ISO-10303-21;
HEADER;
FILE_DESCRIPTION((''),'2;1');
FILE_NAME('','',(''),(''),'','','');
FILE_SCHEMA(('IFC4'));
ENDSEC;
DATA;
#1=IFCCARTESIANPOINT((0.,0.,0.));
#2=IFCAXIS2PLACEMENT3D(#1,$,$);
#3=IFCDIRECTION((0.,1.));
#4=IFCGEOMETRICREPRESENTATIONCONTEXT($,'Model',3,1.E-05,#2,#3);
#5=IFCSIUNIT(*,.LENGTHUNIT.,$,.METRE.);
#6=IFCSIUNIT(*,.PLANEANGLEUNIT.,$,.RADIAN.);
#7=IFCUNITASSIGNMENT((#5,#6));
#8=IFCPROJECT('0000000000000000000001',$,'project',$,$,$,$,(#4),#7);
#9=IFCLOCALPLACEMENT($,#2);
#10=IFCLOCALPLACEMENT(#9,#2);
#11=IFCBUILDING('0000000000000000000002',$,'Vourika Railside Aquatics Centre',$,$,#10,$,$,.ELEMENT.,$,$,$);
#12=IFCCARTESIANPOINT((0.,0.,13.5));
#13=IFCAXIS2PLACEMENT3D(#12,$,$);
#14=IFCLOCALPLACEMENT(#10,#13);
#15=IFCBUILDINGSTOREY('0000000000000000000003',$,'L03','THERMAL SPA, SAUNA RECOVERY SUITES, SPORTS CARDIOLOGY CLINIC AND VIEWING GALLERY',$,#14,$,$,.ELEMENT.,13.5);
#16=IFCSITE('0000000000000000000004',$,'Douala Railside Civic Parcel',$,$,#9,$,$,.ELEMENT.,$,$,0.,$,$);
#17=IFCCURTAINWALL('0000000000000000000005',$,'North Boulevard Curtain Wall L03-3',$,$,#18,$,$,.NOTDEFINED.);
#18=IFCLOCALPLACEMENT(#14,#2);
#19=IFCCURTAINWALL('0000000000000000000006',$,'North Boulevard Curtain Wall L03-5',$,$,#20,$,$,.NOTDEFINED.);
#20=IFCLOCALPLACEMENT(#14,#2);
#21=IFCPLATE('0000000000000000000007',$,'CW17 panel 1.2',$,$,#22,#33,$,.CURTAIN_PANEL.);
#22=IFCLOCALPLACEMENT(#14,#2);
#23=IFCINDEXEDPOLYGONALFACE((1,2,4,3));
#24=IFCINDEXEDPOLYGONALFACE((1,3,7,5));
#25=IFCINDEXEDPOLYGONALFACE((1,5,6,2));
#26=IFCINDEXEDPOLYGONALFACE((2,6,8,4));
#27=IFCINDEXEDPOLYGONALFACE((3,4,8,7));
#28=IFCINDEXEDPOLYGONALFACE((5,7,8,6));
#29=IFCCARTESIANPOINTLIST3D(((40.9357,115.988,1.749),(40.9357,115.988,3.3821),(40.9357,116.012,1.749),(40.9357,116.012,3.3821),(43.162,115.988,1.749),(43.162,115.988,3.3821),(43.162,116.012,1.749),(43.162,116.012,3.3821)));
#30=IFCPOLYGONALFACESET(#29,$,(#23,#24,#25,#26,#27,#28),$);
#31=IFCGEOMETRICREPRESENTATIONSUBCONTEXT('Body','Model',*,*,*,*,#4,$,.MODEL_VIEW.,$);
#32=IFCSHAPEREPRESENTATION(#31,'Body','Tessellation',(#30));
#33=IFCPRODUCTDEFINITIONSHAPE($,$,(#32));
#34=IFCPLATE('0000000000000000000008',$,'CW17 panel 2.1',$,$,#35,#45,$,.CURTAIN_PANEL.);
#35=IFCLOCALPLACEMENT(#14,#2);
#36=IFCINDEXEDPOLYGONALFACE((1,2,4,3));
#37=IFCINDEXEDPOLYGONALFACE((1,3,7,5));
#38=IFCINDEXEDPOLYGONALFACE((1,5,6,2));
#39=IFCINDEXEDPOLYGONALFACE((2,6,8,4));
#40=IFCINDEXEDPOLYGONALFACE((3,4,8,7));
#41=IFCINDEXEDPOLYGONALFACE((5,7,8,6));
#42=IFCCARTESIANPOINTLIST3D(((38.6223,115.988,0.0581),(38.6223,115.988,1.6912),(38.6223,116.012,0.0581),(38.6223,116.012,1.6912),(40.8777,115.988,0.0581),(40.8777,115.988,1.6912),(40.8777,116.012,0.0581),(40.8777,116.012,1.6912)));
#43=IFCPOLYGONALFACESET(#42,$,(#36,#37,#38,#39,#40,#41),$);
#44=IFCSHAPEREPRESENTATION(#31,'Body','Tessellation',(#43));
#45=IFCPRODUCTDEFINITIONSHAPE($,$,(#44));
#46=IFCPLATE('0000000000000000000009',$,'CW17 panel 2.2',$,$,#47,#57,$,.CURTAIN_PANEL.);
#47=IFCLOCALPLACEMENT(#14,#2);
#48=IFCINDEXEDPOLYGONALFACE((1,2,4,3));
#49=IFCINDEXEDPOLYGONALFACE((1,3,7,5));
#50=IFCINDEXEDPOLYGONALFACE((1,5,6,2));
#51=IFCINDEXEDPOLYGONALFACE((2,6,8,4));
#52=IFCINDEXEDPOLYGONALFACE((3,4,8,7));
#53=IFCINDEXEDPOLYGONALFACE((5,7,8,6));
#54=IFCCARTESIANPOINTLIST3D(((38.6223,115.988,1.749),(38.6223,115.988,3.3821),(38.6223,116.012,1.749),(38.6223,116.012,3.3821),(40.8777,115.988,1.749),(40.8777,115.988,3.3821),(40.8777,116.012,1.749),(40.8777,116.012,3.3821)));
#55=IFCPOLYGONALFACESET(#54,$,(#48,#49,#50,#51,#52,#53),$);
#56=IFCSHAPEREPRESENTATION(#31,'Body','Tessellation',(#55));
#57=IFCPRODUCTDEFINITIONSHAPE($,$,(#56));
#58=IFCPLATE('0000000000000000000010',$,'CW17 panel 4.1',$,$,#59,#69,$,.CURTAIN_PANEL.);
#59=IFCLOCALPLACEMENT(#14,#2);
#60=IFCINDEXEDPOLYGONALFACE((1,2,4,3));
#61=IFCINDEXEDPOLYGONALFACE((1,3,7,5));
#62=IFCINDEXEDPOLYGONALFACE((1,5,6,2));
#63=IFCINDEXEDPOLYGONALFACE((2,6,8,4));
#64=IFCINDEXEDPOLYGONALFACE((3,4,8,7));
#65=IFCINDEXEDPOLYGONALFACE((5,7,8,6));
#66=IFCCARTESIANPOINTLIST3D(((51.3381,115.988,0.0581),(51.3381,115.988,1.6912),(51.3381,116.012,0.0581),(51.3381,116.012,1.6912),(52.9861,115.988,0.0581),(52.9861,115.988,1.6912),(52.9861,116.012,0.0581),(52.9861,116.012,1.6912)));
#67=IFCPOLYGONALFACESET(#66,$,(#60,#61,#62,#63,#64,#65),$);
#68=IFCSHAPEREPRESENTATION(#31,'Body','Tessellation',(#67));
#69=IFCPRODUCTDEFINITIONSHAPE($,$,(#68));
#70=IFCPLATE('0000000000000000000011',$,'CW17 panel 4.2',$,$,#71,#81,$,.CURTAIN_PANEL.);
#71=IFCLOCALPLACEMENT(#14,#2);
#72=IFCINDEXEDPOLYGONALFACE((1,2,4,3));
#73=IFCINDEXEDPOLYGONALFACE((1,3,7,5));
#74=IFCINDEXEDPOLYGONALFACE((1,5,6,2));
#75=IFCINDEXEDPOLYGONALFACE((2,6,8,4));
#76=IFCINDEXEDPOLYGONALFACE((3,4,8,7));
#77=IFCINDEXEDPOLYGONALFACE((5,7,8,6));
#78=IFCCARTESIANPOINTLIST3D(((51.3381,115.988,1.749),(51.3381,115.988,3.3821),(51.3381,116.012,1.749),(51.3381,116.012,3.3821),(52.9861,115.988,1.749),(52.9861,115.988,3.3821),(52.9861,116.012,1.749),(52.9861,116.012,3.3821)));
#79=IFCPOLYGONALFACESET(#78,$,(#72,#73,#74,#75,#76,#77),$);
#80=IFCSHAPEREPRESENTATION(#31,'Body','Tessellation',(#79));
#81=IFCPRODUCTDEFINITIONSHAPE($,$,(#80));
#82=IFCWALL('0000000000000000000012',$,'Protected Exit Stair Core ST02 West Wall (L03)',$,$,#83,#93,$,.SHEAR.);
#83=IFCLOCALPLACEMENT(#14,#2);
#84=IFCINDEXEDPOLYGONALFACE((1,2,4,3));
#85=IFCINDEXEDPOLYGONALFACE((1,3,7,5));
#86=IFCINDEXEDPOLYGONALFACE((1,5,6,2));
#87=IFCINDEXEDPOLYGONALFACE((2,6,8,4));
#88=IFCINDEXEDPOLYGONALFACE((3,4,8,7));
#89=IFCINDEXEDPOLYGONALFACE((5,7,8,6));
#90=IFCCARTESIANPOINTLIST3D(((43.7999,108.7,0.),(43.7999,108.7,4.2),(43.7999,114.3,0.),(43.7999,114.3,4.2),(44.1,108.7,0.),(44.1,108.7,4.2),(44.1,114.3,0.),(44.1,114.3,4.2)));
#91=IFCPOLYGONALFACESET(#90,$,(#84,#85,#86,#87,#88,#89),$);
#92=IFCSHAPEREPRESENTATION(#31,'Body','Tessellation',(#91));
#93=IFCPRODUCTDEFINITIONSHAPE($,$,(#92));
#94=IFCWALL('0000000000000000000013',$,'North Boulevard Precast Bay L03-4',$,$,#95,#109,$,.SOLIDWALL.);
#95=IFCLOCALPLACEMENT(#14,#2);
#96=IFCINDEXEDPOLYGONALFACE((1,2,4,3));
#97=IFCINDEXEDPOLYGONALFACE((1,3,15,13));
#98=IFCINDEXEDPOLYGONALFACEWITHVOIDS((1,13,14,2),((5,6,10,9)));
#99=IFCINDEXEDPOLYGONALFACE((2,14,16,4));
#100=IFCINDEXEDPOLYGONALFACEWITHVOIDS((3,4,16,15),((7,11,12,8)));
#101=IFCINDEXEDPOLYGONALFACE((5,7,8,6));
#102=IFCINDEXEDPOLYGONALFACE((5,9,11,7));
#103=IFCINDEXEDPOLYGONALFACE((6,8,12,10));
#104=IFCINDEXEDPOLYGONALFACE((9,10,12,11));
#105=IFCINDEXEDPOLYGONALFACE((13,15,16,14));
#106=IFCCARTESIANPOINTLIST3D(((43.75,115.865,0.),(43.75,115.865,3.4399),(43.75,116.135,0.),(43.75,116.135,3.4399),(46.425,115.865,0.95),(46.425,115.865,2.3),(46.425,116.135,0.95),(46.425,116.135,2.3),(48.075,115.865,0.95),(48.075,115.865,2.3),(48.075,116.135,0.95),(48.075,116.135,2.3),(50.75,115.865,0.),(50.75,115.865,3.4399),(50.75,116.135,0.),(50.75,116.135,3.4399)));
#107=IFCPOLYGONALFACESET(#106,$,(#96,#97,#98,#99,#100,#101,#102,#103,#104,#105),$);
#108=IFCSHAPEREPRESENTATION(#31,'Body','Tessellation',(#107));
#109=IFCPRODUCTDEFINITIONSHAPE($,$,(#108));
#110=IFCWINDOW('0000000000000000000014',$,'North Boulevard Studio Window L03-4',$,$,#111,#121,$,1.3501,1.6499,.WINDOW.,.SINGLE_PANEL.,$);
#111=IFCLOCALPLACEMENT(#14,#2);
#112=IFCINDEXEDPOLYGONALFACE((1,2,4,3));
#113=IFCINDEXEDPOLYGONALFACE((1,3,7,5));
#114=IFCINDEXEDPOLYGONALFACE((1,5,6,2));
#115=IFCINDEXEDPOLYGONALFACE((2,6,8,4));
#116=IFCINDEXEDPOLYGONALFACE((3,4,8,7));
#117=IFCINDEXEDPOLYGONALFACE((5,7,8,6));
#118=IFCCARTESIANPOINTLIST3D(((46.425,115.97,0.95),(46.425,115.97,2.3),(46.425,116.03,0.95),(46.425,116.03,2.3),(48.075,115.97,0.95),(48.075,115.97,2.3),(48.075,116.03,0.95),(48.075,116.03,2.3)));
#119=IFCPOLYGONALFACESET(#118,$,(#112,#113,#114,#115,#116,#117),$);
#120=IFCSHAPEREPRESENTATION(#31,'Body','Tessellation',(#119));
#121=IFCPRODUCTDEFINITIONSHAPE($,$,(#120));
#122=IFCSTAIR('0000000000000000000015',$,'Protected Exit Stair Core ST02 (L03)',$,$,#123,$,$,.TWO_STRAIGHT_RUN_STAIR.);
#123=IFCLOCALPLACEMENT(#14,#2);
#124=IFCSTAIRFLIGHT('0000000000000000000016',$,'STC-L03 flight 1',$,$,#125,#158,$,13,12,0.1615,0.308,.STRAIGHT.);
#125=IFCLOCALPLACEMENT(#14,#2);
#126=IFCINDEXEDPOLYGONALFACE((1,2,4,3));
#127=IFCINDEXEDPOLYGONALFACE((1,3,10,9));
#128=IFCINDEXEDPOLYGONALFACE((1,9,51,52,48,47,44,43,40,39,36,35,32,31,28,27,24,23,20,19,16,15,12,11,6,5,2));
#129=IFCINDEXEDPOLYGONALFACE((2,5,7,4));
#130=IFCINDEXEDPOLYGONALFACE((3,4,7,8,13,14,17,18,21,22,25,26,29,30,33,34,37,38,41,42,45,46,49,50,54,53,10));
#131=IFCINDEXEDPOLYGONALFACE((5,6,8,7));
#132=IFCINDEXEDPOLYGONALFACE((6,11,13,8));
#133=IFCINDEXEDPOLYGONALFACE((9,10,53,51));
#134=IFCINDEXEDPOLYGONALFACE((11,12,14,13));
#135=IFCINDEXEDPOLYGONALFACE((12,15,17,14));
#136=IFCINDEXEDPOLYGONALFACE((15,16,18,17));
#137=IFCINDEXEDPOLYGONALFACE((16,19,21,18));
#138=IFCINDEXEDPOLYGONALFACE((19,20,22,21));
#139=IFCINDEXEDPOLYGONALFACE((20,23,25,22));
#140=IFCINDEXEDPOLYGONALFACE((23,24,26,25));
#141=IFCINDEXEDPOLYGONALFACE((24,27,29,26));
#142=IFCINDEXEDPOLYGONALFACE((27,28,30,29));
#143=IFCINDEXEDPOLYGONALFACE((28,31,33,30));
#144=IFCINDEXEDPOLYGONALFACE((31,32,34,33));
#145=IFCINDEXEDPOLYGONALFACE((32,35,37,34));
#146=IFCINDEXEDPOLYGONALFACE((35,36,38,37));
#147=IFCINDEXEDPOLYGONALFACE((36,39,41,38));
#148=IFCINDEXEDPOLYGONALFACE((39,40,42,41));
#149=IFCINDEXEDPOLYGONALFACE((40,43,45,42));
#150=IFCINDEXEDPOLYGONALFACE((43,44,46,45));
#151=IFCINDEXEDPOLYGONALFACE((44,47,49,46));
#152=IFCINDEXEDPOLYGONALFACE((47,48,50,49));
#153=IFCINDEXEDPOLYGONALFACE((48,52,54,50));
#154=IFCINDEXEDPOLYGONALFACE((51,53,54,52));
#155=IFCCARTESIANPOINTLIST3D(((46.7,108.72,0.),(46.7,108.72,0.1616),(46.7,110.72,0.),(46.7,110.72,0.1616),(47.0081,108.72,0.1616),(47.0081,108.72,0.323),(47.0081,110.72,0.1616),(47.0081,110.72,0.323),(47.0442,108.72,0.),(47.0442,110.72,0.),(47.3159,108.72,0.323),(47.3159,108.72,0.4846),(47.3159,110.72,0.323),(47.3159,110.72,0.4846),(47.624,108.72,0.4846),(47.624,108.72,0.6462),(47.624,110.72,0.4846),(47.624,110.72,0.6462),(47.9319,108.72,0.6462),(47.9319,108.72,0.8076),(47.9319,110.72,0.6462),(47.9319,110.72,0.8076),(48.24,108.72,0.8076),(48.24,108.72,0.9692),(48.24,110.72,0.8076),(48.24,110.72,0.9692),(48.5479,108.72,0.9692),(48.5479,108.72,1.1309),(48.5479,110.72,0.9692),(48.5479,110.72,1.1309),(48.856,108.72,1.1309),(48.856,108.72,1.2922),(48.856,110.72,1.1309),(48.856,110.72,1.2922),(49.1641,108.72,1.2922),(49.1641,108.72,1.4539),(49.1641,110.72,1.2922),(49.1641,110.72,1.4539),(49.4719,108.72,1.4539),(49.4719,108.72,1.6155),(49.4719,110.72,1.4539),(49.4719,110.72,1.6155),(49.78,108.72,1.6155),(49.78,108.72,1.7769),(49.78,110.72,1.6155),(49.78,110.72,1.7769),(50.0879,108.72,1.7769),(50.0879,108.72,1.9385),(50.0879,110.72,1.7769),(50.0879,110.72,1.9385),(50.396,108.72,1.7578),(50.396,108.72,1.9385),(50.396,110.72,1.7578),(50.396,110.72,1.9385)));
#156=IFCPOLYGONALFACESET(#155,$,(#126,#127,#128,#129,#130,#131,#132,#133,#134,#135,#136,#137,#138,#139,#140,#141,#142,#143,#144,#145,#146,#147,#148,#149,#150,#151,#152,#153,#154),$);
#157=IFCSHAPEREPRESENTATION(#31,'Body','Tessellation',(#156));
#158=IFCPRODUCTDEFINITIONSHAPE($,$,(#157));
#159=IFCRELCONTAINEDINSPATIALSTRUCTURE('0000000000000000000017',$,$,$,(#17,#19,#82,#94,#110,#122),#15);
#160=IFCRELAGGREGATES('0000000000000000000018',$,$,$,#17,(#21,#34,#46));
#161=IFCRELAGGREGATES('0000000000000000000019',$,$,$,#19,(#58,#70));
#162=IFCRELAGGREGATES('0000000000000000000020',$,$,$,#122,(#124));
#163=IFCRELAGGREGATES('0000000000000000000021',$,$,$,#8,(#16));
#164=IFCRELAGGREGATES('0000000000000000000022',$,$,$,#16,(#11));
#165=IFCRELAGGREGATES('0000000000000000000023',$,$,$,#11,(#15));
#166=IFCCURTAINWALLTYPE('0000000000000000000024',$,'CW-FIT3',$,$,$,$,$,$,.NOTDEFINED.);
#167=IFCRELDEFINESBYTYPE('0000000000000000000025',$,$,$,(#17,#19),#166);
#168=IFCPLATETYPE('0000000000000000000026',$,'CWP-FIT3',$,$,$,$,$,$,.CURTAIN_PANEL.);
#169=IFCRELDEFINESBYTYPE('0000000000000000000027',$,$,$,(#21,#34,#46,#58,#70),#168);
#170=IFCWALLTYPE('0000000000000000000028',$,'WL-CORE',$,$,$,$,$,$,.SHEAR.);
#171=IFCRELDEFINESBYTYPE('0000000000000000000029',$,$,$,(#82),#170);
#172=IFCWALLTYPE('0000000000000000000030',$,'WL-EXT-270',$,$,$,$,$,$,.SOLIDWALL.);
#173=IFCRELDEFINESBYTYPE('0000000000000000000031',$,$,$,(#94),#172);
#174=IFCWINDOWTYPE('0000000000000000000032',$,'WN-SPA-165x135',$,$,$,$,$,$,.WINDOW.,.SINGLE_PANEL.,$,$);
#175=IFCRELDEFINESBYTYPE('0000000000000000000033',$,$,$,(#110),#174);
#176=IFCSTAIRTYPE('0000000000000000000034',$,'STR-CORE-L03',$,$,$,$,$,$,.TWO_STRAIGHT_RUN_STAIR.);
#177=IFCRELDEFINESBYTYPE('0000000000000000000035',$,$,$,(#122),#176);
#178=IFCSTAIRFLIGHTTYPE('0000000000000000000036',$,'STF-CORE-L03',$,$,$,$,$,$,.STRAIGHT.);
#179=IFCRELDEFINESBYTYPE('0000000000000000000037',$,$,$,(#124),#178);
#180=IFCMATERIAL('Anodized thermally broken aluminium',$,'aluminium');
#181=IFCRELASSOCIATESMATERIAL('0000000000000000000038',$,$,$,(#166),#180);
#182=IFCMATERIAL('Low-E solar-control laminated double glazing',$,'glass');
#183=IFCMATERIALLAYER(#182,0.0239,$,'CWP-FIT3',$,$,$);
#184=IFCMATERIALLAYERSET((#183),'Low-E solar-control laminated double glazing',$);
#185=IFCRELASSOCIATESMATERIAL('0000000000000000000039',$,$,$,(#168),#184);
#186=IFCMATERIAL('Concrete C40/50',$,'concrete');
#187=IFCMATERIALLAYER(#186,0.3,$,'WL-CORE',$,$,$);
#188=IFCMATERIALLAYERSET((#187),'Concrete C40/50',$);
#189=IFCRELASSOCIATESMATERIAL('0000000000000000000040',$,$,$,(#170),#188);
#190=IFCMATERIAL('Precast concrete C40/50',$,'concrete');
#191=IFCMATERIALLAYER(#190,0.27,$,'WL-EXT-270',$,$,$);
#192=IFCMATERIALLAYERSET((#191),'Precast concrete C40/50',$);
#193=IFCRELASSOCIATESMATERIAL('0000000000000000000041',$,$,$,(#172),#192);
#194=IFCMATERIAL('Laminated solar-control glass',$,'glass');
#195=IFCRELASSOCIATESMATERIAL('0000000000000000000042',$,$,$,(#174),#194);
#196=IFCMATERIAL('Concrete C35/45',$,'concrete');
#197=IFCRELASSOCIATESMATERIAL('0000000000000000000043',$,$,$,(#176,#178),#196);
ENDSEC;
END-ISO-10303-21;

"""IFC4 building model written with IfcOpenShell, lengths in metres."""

from ifc_helpers import new_model, si_unit, direction, frame, frame_2d, origin, origin_2d, place, context, subcontext, project, spatial, polyline, rectangle, outline, extrude, material, layer, layer_set, type_object, element, fill, aggregate, save


model = new_model("IFC4")

# Units and contexts
model_context = context("Model", 3, precision=1e-05, world=origin(), true_north=direction((0.0, 1.0)))
body_context = subcontext(model_context, "Body", "Model", "MODEL_VIEW")
ifc_project = project(units=[si_unit("LENGTHUNIT", "METRE"), si_unit("PLANEANGLEUNIT", "RADIAN")], contexts=[model_context])

# Site, building, storey
site_placement = place(None, origin())
site = spatial("IfcSite", under=ifc_project, at=site_placement, Name="Douala Railside Civic Parcel", CompositionType="ELEMENT", RefElevation=0.0)
building_placement = place(site_placement, origin())
building = spatial("IfcBuilding", under=site, at=building_placement, Name="Vourika Railside Aquatics Centre", CompositionType="ELEMENT")
storey_placement = place(building_placement, frame((0.0, 0.0, 13.5)))
storey = spatial("IfcBuildingStorey", under=building, at=storey_placement, Name="L03", Description="THERMAL SPA, SAUNA RECOVERY SUITES, SPORTS CARDIOLOGY CLINIC AND VIEWING GALLERY", CompositionType="ELEMENT", Elevation=13.5)

# Shared definitions
ifc_material_1 = material(Name="Concrete C35/45", Category="concrete")

# Curtain wall
ifc_material_2 = material(Name="Anodized thermally broken aluminium", Category="aluminium")
curtain_wall_type = type_object("IfcCurtainWallType", Name="CW-FIT3", PredefinedType="NOTDEFINED", material=ifc_material_2)
curtain_wall_1_placement = place(storey_placement, origin())
curtain_wall_1 = element("IfcCurtainWall", 1, at=curtain_wall_1_placement, inside=storey, type_object=curtain_wall_type, Name="North Boulevard Curtain Wall L03-3", PredefinedType="NOTDEFINED")

# Curtain wall
curtain_wall_2_placement = place(storey_placement, origin())
curtain_wall_2 = element("IfcCurtainWall", 2, at=curtain_wall_2_placement, inside=storey, type_object=curtain_wall_type, Name="North Boulevard Curtain Wall L03-5", PredefinedType="NOTDEFINED")

# Plates
ifc_material_3 = material(Name="Low-E solar-control laminated double glazing", Category="glass")
ifc_layer_1 = layer(ifc_material_3, 0.0239, Name="CWP-FIT3")
ifc_layer_set_1 = layer_set([ifc_layer_1], Name="Low-E solar-control laminated double glazing")
plate_type = type_object("IfcPlateType", Name="CWP-FIT3", PredefinedType="CURTAIN_PANEL", material=ifc_layer_set_1)
plate_1_placement = place(storey_placement, frame((42.0488, 116.0, 1.749), z_axis=(0.0, 0.0, 1.0), x_axis=(-1.0, 0.0, 0.0)))
plate_1 = element("IfcPlate", 3, at=plate_1_placement, type_object=plate_type, Name="CW17 panel 1.2", PredefinedType="CURTAIN_PANEL", context=body_context, shape_type="SweptSolid", body=[
    extrude(rectangle(XDim=2.2263, YDim=0.0239, at=origin_2d()), origin(), (0.0, 0.0, 1.0), 1.6331),
])
plate_2_placement = place(storey_placement, frame((39.75, 116.0, 0.0581), z_axis=(0.0, 0.0, 1.0), x_axis=(-1.0, 0.0, 0.0)))
plate_2 = element("IfcPlate", 4, at=plate_2_placement, type_object=plate_type, Name="CW17 panel 2.1", PredefinedType="CURTAIN_PANEL", context=body_context, shape_type="SweptSolid", body=[
    extrude(rectangle(XDim=2.2554, YDim=0.0239, at=origin_2d()), origin(), (0.0, 0.0, 1.0), 1.6331),
])
plate_3_placement = place(storey_placement, frame((39.75, 116.0, 1.749), z_axis=(0.0, 0.0, 1.0), x_axis=(-1.0, 0.0, 0.0)))
plate_3 = element("IfcPlate", 5, at=plate_3_placement, type_object=plate_type, Name="CW17 panel 2.2", PredefinedType="CURTAIN_PANEL", context=body_context, shape_type="SweptSolid", body=[
    extrude(rectangle(XDim=2.2554, YDim=0.0239, at=origin_2d()), origin(), (0.0, 0.0, 1.0), 1.6331),
])
aggregate(curtain_wall_1, [plate_1, plate_2, plate_3])
plate_4_placement = place(storey_placement, frame((52.1621, 116.0, 0.0581), z_axis=(0.0, 0.0, 1.0), x_axis=(-1.0, 0.0, 0.0)))
plate_4 = element("IfcPlate", 6, at=plate_4_placement, type_object=plate_type, Name="CW17 panel 4.1", PredefinedType="CURTAIN_PANEL", context=body_context, shape_type="SweptSolid", body=[
    extrude(rectangle(XDim=1.6479, YDim=0.0239, at=origin_2d()), origin(), (0.0, 0.0, 1.0), 1.6331),
])
plate_5_placement = place(storey_placement, frame((52.1621, 116.0, 1.749), z_axis=(0.0, 0.0, 1.0), x_axis=(-1.0, 0.0, 0.0)))
plate_5 = element("IfcPlate", 7, at=plate_5_placement, type_object=plate_type, Name="CW17 panel 4.2", PredefinedType="CURTAIN_PANEL", context=body_context, shape_type="SweptSolid", body=[
    extrude(rectangle(XDim=1.6479, YDim=0.0239, at=origin_2d()), origin(), (0.0, 0.0, 1.0), 1.6331),
])
aggregate(curtain_wall_2, [plate_4, plate_5])

# Wall
ifc_material_4 = material(Name="Concrete C40/50", Category="concrete")
ifc_layer_2 = layer(ifc_material_4, 0.3, Name="WL-CORE")
ifc_layer_set_2 = layer_set([ifc_layer_2], Name="Concrete C40/50")
wall_type_1 = type_object("IfcWallType", Name="WL-CORE", PredefinedType="SHEAR", material=ifc_layer_set_2)
wall_1_placement = place(storey_placement, frame((43.95, 114.3, 0.0), z_axis=(0.0, 0.0, 1.0), x_axis=(0.0, -1.0, 0.0)))
element("IfcWall", 8, at=wall_1_placement, inside=storey, type_object=wall_type_1, Name="Protected Exit Stair Core ST02 West Wall (L03)", PredefinedType="SHEAR", context=body_context, shape_type="SweptSolid", body=[
    extrude(rectangle(XDim=5.6001, YDim=0.3, at=frame_2d((2.8, 0.0))), origin(), (0.0, 0.0, 1.0), 4.2),
])

# Wall, opening, window
ifc_material_5 = material(Name="Precast concrete C40/50", Category="concrete")
ifc_layer_3 = layer(ifc_material_5, 0.27, Name="WL-EXT-270")
ifc_layer_set_3 = layer_set([ifc_layer_3], Name="Precast concrete C40/50")
wall_type_2 = type_object("IfcWallType", Name="WL-EXT-270", PredefinedType="SOLIDWALL", material=ifc_layer_set_3)
wall_2_placement = place(storey_placement, frame((50.75, 116.0, 0.0), z_axis=(0.0, 0.0, 1.0), x_axis=(-1.0, 0.0, 0.0)))
wall_2 = element("IfcWall", 9, at=wall_2_placement, inside=storey, type_object=wall_type_2, Name="North Boulevard Precast Bay L03-4", PredefinedType="SOLIDWALL", context=body_context, shape_type="SweptSolid", body=[
    extrude(rectangle(XDim=7.0, YDim=0.27, at=frame_2d((3.5, 0.0))), origin(), (0.0, 0.0, 1.0), 3.4399),
])
opening_placement = place(wall_2_placement, frame((2.675, 0.0, 0.95)))
opening = element("IfcOpeningElement", 10, at=opening_placement, cuts=wall_2, PredefinedType="OPENING", context=body_context, shape_type="SweptSolid", body=[
    extrude(rectangle(XDim=1.6499, YDim=1.3501, at=frame_2d((0.825, 0.675))), frame((0.0, 0.145, 0.0), z_axis=(0.0, -1.0, 0.0), x_axis=(1.0, 0.0, 0.0)), (0.0, 0.0, 1.0), 0.29),
])
ifc_material_6 = material(Name="Laminated solar-control glass", Category="glass")
window_type = type_object("IfcWindowType", Name="WN-SPA-165x135", PartitioningType="SINGLE_PANEL", PredefinedType="WINDOW", material=ifc_material_6)
window_placement = place(opening_placement, origin())
window = element("IfcWindow", 11, at=window_placement, inside=storey, type_object=window_type, Name="North Boulevard Studio Window L03-4", OverallHeight=1.3501, OverallWidth=1.6499, PartitioningType="SINGLE_PANEL", PredefinedType="WINDOW", context=body_context, shape_type="SweptSolid", body=[
    extrude(rectangle(XDim=1.6499, YDim=1.3501, at=frame_2d((0.825, 0.675))), frame((0.0, 0.03, 0.0), z_axis=(0.0, -1.0, 0.0), x_axis=(1.0, 0.0, 0.0)), (0.0, 0.0, 1.0), 0.0601),
])
fill(opening, window)

# Stair, stair flight
stair_type = type_object("IfcStairType", Name="STR-CORE-L03", PredefinedType="TWO_STRAIGHT_RUN_STAIR", material=ifc_material_1)
stair_placement = place(storey_placement, origin())
stair = element("IfcStair", 12, at=stair_placement, inside=storey, type_object=stair_type, Name="Protected Exit Stair Core ST02 (L03)", PredefinedType="TWO_STRAIGHT_RUN_STAIR")
stair_flight_type = type_object("IfcStairFlightType", Name="STF-CORE-L03", PredefinedType="STRAIGHT", material=ifc_material_1)
stair_flight_1_placement = place(storey_placement, frame((46.7, 109.72, 0.0), z_axis=(0.0, 0.0, 1.0), x_axis=(1.0, 0.0, 0.0)))
stair_flight_1 = element("IfcStairFlight", 13, at=stair_flight_1_placement, type_object=stair_flight_type, Name="STC-L03 flight 1", NumberOfRisers=13, NumberOfTreads=12, PredefinedType="STRAIGHT", RiserHeight=0.1615, TreadLength=0.308, context=body_context, shape_type="SweptSolid", body=[
    extrude(outline(polyline([(0.0, 0.0), (0.0, 0.1616), (0.3081, 0.1616), (0.3081, 0.323), (0.616, 0.323), (0.616, 0.4846), (0.9241, 0.4846), (0.9241, 0.6462), (1.2319, 0.6462), (1.2319, 0.8076), (1.54, 0.8076), (1.54, 0.9692), (1.8479, 0.9692), (1.8479, 1.1309), (2.156, 1.1309), (2.156, 1.2922), (2.4641, 1.2922), (2.4641, 1.4539), (2.772, 1.4539), (2.772, 1.6155), (3.0801, 1.6155), (3.0801, 1.7769), (3.3879, 1.7769), (3.3879, 1.9385), (3.696, 1.9385), (3.696, 2.1001), (3.696, 1.7578), (0.3442, 0.0), (0.0, 0.0)])), frame((0.0, 1.0, 0.0), z_axis=(0.0, -1.0, 0.0), x_axis=(1.0, 0.0, 0.0)), (0.0, 0.0, 1.0), 2.0),
])
aggregate(stair, [stair_flight_1])

save(model, "model.ifc")
